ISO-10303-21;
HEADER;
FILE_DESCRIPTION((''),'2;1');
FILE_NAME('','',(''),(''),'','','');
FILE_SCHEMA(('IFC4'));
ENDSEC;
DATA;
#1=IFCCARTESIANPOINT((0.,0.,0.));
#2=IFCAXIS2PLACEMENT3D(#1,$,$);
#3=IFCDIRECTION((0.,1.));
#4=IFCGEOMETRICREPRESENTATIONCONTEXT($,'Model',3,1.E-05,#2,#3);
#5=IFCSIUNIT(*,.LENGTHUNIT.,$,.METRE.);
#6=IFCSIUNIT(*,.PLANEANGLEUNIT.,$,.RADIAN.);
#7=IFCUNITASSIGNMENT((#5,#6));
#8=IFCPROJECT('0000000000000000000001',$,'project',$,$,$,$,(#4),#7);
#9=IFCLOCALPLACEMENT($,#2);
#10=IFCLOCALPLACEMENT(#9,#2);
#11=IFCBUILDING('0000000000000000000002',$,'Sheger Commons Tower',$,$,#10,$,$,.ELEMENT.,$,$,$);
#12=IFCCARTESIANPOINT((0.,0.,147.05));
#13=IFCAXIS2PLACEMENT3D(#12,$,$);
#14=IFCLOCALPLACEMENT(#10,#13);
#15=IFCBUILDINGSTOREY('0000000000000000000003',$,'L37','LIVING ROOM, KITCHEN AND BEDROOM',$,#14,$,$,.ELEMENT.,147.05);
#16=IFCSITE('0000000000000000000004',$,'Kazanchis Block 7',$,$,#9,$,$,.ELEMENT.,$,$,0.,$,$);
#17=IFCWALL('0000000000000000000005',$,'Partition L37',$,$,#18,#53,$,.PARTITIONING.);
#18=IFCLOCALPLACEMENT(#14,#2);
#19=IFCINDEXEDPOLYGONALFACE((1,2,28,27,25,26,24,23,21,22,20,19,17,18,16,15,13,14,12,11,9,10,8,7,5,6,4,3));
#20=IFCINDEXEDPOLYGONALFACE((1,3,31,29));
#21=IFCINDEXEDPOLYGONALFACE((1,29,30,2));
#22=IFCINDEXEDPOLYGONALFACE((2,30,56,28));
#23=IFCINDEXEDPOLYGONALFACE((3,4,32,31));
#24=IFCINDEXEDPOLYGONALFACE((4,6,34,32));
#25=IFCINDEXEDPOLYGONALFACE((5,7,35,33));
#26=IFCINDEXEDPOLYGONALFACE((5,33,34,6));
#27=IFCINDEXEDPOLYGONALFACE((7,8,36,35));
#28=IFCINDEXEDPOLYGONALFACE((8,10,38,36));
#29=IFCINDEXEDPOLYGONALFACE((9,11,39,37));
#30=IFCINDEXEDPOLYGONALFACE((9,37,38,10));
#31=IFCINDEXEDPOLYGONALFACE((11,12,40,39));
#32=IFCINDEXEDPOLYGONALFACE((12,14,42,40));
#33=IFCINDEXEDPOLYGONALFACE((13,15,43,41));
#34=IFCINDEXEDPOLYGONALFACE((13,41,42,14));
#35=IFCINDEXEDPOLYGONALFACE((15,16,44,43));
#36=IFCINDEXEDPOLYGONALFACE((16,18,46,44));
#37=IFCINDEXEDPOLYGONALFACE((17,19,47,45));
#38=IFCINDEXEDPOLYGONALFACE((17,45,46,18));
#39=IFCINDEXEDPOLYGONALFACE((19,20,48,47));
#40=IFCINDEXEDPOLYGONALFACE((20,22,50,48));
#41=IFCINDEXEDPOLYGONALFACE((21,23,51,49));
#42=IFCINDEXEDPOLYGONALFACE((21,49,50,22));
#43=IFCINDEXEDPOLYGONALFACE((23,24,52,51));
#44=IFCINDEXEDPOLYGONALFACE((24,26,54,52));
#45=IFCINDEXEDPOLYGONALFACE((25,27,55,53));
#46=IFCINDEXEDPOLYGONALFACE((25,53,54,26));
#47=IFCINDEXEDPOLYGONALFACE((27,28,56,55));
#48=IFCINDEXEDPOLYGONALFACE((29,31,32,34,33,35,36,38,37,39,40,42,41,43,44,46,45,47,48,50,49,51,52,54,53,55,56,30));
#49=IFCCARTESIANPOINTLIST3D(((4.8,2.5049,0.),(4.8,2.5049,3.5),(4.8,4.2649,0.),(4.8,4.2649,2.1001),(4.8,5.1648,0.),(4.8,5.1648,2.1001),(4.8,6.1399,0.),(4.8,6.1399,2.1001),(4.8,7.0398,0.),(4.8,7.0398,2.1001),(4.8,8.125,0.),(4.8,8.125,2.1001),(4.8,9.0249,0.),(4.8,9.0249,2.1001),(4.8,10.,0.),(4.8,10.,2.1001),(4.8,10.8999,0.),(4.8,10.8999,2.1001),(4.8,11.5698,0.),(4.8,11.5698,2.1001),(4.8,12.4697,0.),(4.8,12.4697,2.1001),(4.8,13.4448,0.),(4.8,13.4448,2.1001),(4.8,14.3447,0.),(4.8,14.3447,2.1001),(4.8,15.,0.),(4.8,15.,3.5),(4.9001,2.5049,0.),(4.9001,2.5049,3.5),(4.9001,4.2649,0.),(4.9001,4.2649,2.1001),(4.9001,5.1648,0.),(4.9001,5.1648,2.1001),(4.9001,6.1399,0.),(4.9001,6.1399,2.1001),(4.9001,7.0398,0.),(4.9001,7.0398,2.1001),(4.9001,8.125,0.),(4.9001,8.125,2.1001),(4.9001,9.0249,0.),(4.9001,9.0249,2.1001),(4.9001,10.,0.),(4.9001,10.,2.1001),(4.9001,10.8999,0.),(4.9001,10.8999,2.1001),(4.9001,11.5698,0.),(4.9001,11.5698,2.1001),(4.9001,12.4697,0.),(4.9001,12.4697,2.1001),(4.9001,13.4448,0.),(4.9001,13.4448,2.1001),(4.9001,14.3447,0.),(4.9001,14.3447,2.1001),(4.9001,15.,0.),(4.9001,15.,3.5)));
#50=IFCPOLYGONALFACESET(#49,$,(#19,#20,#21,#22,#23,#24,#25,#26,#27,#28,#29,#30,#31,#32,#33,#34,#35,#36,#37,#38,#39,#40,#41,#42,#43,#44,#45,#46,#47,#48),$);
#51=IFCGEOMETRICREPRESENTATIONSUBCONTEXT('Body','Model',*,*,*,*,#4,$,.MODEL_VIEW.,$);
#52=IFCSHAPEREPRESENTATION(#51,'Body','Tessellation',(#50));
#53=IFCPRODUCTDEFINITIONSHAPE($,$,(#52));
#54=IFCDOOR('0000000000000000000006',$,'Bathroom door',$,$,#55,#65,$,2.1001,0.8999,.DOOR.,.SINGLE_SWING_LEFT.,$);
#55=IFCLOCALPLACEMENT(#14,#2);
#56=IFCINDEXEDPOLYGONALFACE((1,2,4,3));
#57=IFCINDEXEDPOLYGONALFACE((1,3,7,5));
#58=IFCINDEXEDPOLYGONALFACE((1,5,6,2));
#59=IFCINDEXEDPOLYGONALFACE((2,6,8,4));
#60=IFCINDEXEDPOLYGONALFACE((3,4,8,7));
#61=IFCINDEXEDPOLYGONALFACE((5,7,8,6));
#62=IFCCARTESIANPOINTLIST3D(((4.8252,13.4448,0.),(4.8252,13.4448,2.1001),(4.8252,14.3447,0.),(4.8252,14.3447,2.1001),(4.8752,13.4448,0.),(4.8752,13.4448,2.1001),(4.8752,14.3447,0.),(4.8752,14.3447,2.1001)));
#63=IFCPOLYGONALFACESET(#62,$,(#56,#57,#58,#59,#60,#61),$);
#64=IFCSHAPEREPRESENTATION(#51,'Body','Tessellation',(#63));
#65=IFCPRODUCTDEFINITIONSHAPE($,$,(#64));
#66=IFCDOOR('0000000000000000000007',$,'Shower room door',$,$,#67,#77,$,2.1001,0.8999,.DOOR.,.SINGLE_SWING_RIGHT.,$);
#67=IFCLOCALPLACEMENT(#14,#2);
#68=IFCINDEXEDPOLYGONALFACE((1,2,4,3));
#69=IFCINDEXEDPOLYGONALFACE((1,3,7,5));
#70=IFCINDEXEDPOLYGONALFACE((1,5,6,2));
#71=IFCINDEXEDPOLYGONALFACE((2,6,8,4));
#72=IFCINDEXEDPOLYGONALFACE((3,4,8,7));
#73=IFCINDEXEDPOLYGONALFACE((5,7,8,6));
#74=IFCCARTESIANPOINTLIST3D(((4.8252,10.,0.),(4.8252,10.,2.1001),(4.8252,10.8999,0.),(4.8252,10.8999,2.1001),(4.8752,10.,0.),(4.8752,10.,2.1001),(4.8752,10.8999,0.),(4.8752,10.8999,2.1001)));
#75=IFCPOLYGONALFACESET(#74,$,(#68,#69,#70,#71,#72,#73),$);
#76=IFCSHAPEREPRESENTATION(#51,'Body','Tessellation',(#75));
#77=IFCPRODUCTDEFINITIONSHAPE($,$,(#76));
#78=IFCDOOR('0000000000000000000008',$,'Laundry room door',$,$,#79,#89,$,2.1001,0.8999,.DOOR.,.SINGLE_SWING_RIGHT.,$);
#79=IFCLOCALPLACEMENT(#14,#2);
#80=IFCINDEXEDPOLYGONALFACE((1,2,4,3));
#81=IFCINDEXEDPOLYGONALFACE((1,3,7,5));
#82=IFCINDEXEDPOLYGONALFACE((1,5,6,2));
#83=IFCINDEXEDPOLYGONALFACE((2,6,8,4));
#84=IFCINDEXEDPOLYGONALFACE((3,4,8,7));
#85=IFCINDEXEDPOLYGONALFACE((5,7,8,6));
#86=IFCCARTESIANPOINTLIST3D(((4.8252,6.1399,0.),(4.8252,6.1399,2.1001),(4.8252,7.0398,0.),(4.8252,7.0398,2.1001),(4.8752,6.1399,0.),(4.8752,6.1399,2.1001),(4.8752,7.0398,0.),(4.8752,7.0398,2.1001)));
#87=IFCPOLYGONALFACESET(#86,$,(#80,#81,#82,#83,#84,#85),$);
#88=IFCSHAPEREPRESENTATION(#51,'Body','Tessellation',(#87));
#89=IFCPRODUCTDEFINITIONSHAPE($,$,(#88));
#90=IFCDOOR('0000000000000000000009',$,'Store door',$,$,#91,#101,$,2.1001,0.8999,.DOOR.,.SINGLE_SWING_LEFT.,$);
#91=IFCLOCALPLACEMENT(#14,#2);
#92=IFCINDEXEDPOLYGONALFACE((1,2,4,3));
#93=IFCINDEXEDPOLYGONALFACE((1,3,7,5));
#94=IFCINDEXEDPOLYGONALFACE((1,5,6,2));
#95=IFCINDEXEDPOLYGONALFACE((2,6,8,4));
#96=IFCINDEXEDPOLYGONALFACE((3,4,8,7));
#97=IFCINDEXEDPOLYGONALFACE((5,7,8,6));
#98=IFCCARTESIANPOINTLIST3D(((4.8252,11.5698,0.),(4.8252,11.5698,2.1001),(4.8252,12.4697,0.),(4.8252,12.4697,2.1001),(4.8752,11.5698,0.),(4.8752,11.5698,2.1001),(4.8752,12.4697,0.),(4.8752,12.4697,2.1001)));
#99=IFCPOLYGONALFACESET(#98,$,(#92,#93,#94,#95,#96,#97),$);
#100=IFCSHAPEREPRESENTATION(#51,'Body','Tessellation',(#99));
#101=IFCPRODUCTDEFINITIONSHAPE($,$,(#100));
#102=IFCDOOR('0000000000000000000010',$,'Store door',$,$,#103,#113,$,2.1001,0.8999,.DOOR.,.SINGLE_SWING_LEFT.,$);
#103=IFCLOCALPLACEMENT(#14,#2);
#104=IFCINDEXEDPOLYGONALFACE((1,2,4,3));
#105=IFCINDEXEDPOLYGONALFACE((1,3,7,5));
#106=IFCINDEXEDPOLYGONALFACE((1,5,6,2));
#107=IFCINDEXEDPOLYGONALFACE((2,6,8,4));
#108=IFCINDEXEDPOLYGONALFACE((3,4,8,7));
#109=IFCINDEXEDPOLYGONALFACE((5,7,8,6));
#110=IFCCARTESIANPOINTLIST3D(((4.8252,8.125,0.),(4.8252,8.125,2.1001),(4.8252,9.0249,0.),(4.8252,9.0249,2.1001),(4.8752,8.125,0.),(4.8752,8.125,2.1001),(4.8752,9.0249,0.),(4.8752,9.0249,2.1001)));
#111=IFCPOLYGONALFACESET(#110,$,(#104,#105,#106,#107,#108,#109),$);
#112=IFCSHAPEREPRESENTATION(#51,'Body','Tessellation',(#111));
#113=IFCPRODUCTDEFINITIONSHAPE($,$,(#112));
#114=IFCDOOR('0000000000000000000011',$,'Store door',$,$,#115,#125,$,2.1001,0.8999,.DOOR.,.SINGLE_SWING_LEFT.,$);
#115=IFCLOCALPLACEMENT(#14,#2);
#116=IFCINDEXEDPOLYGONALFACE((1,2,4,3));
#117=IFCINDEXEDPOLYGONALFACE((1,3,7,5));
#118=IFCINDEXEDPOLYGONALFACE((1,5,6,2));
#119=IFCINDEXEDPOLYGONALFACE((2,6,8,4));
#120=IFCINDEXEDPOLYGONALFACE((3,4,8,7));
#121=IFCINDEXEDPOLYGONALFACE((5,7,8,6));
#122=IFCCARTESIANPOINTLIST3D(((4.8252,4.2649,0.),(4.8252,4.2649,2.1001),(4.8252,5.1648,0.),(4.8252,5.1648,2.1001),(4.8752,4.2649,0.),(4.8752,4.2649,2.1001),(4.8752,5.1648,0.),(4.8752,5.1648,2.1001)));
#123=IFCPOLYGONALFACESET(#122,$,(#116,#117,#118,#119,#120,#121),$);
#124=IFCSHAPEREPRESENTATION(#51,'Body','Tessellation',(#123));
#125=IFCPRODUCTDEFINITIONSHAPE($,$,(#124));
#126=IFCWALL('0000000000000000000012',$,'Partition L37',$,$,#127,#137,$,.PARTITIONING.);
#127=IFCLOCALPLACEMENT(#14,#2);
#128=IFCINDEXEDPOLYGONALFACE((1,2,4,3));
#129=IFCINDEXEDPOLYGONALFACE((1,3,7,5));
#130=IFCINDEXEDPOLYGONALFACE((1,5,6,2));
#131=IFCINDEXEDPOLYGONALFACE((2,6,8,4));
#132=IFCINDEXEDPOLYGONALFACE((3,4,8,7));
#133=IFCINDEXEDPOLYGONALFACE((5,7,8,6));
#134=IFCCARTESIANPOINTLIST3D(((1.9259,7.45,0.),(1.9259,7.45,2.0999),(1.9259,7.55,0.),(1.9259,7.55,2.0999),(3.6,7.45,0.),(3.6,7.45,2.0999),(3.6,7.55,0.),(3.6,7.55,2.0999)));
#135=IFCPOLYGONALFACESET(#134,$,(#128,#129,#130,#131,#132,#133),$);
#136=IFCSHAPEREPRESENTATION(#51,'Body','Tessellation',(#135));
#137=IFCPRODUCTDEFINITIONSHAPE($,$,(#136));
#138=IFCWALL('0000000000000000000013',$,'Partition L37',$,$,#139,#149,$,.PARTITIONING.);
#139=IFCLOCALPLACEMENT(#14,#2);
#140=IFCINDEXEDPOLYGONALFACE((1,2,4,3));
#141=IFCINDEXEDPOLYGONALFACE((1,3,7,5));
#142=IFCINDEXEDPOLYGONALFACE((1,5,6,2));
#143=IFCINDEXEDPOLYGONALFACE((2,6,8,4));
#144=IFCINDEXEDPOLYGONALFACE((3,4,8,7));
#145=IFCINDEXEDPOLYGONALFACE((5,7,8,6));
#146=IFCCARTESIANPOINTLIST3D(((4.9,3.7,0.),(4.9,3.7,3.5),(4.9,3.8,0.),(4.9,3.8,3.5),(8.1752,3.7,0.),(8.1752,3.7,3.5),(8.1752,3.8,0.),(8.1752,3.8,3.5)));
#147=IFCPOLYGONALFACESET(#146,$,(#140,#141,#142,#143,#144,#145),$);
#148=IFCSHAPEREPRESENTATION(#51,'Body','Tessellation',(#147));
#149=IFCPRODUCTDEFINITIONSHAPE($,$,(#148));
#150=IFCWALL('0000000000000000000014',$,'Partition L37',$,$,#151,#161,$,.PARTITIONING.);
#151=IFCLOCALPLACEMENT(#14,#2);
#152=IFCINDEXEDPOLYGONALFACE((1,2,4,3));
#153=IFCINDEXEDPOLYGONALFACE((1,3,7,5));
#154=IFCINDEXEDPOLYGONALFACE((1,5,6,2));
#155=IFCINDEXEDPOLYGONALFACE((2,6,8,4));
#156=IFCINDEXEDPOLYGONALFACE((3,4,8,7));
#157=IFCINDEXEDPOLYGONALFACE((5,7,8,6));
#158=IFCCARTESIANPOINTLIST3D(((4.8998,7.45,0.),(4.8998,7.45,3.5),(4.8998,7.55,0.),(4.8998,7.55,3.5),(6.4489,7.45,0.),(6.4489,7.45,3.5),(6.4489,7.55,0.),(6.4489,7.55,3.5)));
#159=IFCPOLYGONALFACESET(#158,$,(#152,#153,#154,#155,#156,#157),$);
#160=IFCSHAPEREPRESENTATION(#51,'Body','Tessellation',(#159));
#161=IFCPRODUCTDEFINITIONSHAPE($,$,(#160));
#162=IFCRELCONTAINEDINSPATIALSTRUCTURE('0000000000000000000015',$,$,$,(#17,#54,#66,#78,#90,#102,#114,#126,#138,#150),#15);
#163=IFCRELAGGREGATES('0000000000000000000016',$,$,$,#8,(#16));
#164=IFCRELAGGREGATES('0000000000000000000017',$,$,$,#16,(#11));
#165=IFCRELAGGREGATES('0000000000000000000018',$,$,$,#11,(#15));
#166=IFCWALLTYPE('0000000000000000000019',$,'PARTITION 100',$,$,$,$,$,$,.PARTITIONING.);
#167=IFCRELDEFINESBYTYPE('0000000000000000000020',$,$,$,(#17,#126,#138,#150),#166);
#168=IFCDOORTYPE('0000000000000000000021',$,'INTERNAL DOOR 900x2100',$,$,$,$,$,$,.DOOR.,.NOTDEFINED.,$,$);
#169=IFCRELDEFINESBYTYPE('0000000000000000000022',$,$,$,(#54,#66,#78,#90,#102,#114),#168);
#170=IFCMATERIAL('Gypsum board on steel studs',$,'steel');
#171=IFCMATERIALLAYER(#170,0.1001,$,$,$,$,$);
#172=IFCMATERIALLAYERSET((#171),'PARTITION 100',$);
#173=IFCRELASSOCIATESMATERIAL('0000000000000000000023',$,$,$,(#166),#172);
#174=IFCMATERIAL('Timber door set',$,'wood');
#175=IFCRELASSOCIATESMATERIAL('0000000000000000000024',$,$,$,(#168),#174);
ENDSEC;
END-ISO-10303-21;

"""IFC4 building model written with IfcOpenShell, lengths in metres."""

from ifc_helpers import new_model, si_unit, direction, frame, frame_2d, origin, place, context, subcontext, project, spatial, rectangle, extrude, material, layer, layer_set, type_object, element, fill, save


model = new_model("IFC4")

# Units and contexts
model_context = context("Model", 3, precision=1e-05, world=origin(), true_north=direction((0.0, 1.0)))
body_context = subcontext(model_context, "Body", "Model", "MODEL_VIEW")
ifc_project = project(units=[si_unit("LENGTHUNIT", "METRE"), si_unit("PLANEANGLEUNIT", "RADIAN")], contexts=[model_context])

# Site, building, storey
site_placement = place(None, origin())
site = spatial("IfcSite", under=ifc_project, at=site_placement, Name="Kazanchis Block 7", CompositionType="ELEMENT", RefElevation=0.0)
building_placement = place(site_placement, origin())
building = spatial("IfcBuilding", under=site, at=building_placement, Name="Sheger Commons Tower", CompositionType="ELEMENT")
storey_placement = place(building_placement, frame((0.0, 0.0, 147.05)))
storey = spatial("IfcBuildingStorey", under=building, at=storey_placement, Name="L37", Description="LIVING ROOM, KITCHEN AND BEDROOM", CompositionType="ELEMENT", Elevation=147.05)

# Wall, openings, doors
ifc_material_1 = material(Name="Gypsum board on steel studs", Category="steel")
ifc_layer = layer(ifc_material_1, 0.1001)
ifc_layer_set = layer_set([ifc_layer], Name="PARTITION 100")
wall_type = type_object("IfcWallType", Name="PARTITION 100", PredefinedType="PARTITIONING", material=ifc_layer_set)
ifc_material_2 = material(Name="Timber door set", Category="wood")
door_type = type_object("IfcDoorType", Name="INTERNAL DOOR 900x2100", OperationType="NOTDEFINED", PredefinedType="DOOR", material=ifc_material_2)
wall_1_placement = place(storey_placement, frame((4.8501, 2.5049, 0.0), z_axis=(0.0, 0.0, 1.0), x_axis=(0.0, 1.0, 0.0)))
wall_1 = element("IfcWall", 1, at=wall_1_placement, inside=storey, type_object=wall_type, Name="Partition L37", PredefinedType="PARTITIONING", context=body_context, shape_type="SweptSolid", body=[
    extrude(rectangle(XDim=12.4951, YDim=0.1001, at=frame_2d((6.2476, 0.0))), origin(), (0.0, 0.0, 1.0), 3.5),
])
opening_1_placement = place(wall_1_placement, frame((10.9399, 0.0, 0.0)))
opening_1 = element("IfcOpeningElement", 2, at=opening_1_placement, cuts=wall_1, PredefinedType="OPENING", context=body_context, shape_type="SweptSolid", body=[
    extrude(rectangle(XDim=0.8999, YDim=2.1001, at=frame_2d((0.45, 1.05))), frame((0.0, 0.0601, 0.0), z_axis=(0.0, -1.0, 0.0), x_axis=(1.0, 0.0, 0.0)), (0.0, 0.0, 1.0), 0.1201),
])
opening_2_placement = place(wall_1_placement, frame((7.4951, 0.0, 0.0)))
opening_2 = element("IfcOpeningElement", 3, at=opening_2_placement, cuts=wall_1, PredefinedType="OPENING", context=body_context, shape_type="SweptSolid", body=[
    extrude(rectangle(XDim=0.8999, YDim=2.1001, at=frame_2d((0.45, 1.05))), frame((0.0, 0.0601, 0.0), z_axis=(0.0, -1.0, 0.0), x_axis=(1.0, 0.0, 0.0)), (0.0, 0.0, 1.0), 0.1201),
])
opening_3_placement = place(wall_1_placement, frame((3.635, 0.0, 0.0)))
opening_3 = element("IfcOpeningElement", 4, at=opening_3_placement, cuts=wall_1, PredefinedType="OPENING", context=body_context, shape_type="SweptSolid", body=[
    extrude(rectangle(XDim=0.8999, YDim=2.1001, at=frame_2d((0.45, 1.05))), frame((0.0, 0.0601, 0.0), z_axis=(0.0, -1.0, 0.0), x_axis=(1.0, 0.0, 0.0)), (0.0, 0.0, 1.0), 0.1201),
])
opening_4_placement = place(wall_1_placement, frame((9.0649, 0.0, 0.0)))
opening_4 = element("IfcOpeningElement", 5, at=opening_4_placement, cuts=wall_1, PredefinedType="OPENING", context=body_context, shape_type="SweptSolid", body=[
    extrude(rectangle(XDim=0.8999, YDim=2.1001, at=frame_2d((0.45, 1.05))), frame((0.0, 0.0601, 0.0), z_axis=(0.0, -1.0, 0.0), x_axis=(1.0, 0.0, 0.0)), (0.0, 0.0, 1.0), 0.1201),
])
opening_5_placement = place(wall_1_placement, frame((5.6201, 0.0, 0.0)))
opening_5 = element("IfcOpeningElement", 6, at=opening_5_placement, cuts=wall_1, PredefinedType="OPENING", context=body_context, shape_type="SweptSolid", body=[
    extrude(rectangle(XDim=0.8999, YDim=2.1001, at=frame_2d((0.45, 1.05))), frame((0.0, 0.0601, 0.0), z_axis=(0.0, -1.0, 0.0), x_axis=(1.0, 0.0, 0.0)), (0.0, 0.0, 1.0), 0.1201),
])
opening_6_placement = place(wall_1_placement, frame((1.76, 0.0, 0.0)))
opening_6 = element("IfcOpeningElement", 7, at=opening_6_placement, cuts=wall_1, PredefinedType="OPENING", context=body_context, shape_type="SweptSolid", body=[
    extrude(rectangle(XDim=0.8999, YDim=2.1001, at=frame_2d((0.45, 1.05))), frame((0.0, 0.0601, 0.0), z_axis=(0.0, -1.0, 0.0), x_axis=(1.0, 0.0, 0.0)), (0.0, 0.0, 1.0), 0.1201),
])
door_1_placement = place(opening_1_placement, origin())
door_1 = element("IfcDoor", 8, at=door_1_placement, inside=storey, type_object=door_type, Name="Bathroom door", OperationType="SINGLE_SWING_LEFT", OverallHeight=2.1001, OverallWidth=0.8999, PredefinedType="DOOR", context=body_context, shape_type="SweptSolid", body=[
    extrude(rectangle(XDim=0.8999, YDim=2.1001, at=frame_2d((0.45, 1.05))), frame((0.0, 0.0249, 0.0), z_axis=(0.0, -1.0, 0.0), x_axis=(1.0, 0.0, 0.0)), (0.0, 0.0, 1.0), 0.05),
])
fill(opening_1, door_1)
door_2_placement = place(opening_2_placement, origin())
door_2 = element("IfcDoor", 9, at=door_2_placement, inside=storey, type_object=door_type, Name="Shower room door", OperationType="SINGLE_SWING_RIGHT", OverallHeight=2.1001, OverallWidth=0.8999, PredefinedType="DOOR", context=body_context, shape_type="SweptSolid", body=[
    extrude(rectangle(XDim=0.8999, YDim=2.1001, at=frame_2d((0.45, 1.05))), frame((0.0, 0.0249, 0.0), z_axis=(0.0, -1.0, 0.0), x_axis=(1.0, 0.0, 0.0)), (0.0, 0.0, 1.0), 0.05),
])
fill(opening_2, door_2)
door_3_placement = place(opening_3_placement, origin())
door_3 = element("IfcDoor", 10, at=door_3_placement, inside=storey, type_object=door_type, Name="Laundry room door", OperationType="SINGLE_SWING_RIGHT", OverallHeight=2.1001, OverallWidth=0.8999, PredefinedType="DOOR", context=body_context, shape_type="SweptSolid", body=[
    extrude(rectangle(XDim=0.8999, YDim=2.1001, at=frame_2d((0.45, 1.05))), frame((0.0, 0.0249, 0.0), z_axis=(0.0, -1.0, 0.0), x_axis=(1.0, 0.0, 0.0)), (0.0, 0.0, 1.0), 0.05),
])
fill(opening_3, door_3)
door_4_placement = place(opening_4_placement, origin())
door_4 = element("IfcDoor", 11, at=door_4_placement, inside=storey, type_object=door_type, Name="Store door", OperationType="SINGLE_SWING_LEFT", OverallHeight=2.1001, OverallWidth=0.8999, PredefinedType="DOOR", context=body_context, shape_type="SweptSolid", body=[
    extrude(rectangle(XDim=0.8999, YDim=2.1001, at=frame_2d((0.45, 1.05))), frame((0.0, 0.0249, 0.0), z_axis=(0.0, -1.0, 0.0), x_axis=(1.0, 0.0, 0.0)), (0.0, 0.0, 1.0), 0.05),
])
fill(opening_4, door_4)
door_5_placement = place(opening_5_placement, origin())
door_5 = element("IfcDoor", 12, at=door_5_placement, inside=storey, type_object=door_type, Name="Store door", OperationType="SINGLE_SWING_LEFT", OverallHeight=2.1001, OverallWidth=0.8999, PredefinedType="DOOR", context=body_context, shape_type="SweptSolid", body=[
    extrude(rectangle(XDim=0.8999, YDim=2.1001, at=frame_2d((0.45, 1.05))), frame((0.0, 0.0249, 0.0), z_axis=(0.0, -1.0, 0.0), x_axis=(1.0, 0.0, 0.0)), (0.0, 0.0, 1.0), 0.05),
])
fill(opening_5, door_5)
door_6_placement = place(opening_6_placement, origin())
door_6 = element("IfcDoor", 13, at=door_6_placement, inside=storey, type_object=door_type, Name="Store door", OperationType="SINGLE_SWING_LEFT", OverallHeight=2.1001, OverallWidth=0.8999, PredefinedType="DOOR", context=body_context, shape_type="SweptSolid", body=[
    extrude(rectangle(XDim=0.8999, YDim=2.1001, at=frame_2d((0.45, 1.05))), frame((0.0, 0.0249, 0.0), z_axis=(0.0, -1.0, 0.0), x_axis=(1.0, 0.0, 0.0)), (0.0, 0.0, 1.0), 0.05),
])
fill(opening_6, door_6)

# Walls
wall_2_placement = place(storey_placement, frame((1.926, 7.5, 0.0), z_axis=(0.0, 0.0, 1.0), x_axis=(1.0, 0.0, 0.0)))
element("IfcWall", 14, at=wall_2_placement, inside=storey, type_object=wall_type, Name="Partition L37", PredefinedType="PARTITIONING", context=body_context, shape_type="SweptSolid", body=[
    extrude(rectangle(XDim=1.6741, YDim=0.1001, at=frame_2d((0.8369, 0.0))), origin(), (0.0, 0.0, 1.0), 2.0999),
])
wall_3_placement = place(storey_placement, frame((4.8999, 3.75, 0.0), z_axis=(0.0, 0.0, 1.0), x_axis=(1.0, 0.0, 0.0)))
element("IfcWall", 15, at=wall_3_placement, inside=storey, type_object=wall_type, Name="Partition L37", PredefinedType="PARTITIONING", context=body_context, shape_type="SweptSolid", body=[
    extrude(rectangle(XDim=3.2751, YDim=0.1001, at=frame_2d((1.6377, 0.0))), origin(), (0.0, 0.0, 1.0), 3.5),
])
wall_4_placement = place(storey_placement, frame((4.8999, 7.5, 0.0), z_axis=(0.0, 0.0, 1.0), x_axis=(1.0, 0.0, 0.0)))
element("IfcWall", 16, at=wall_4_placement, inside=storey, type_object=wall_type, Name="Partition L37", PredefinedType="PARTITIONING", context=body_context, shape_type="SweptSolid", body=[
    extrude(rectangle(XDim=1.5491, YDim=0.1001, at=frame_2d((0.7744, 0.0))), origin(), (0.0, 0.0, 1.0), 3.5),
])

save(model, "model.ifc")
